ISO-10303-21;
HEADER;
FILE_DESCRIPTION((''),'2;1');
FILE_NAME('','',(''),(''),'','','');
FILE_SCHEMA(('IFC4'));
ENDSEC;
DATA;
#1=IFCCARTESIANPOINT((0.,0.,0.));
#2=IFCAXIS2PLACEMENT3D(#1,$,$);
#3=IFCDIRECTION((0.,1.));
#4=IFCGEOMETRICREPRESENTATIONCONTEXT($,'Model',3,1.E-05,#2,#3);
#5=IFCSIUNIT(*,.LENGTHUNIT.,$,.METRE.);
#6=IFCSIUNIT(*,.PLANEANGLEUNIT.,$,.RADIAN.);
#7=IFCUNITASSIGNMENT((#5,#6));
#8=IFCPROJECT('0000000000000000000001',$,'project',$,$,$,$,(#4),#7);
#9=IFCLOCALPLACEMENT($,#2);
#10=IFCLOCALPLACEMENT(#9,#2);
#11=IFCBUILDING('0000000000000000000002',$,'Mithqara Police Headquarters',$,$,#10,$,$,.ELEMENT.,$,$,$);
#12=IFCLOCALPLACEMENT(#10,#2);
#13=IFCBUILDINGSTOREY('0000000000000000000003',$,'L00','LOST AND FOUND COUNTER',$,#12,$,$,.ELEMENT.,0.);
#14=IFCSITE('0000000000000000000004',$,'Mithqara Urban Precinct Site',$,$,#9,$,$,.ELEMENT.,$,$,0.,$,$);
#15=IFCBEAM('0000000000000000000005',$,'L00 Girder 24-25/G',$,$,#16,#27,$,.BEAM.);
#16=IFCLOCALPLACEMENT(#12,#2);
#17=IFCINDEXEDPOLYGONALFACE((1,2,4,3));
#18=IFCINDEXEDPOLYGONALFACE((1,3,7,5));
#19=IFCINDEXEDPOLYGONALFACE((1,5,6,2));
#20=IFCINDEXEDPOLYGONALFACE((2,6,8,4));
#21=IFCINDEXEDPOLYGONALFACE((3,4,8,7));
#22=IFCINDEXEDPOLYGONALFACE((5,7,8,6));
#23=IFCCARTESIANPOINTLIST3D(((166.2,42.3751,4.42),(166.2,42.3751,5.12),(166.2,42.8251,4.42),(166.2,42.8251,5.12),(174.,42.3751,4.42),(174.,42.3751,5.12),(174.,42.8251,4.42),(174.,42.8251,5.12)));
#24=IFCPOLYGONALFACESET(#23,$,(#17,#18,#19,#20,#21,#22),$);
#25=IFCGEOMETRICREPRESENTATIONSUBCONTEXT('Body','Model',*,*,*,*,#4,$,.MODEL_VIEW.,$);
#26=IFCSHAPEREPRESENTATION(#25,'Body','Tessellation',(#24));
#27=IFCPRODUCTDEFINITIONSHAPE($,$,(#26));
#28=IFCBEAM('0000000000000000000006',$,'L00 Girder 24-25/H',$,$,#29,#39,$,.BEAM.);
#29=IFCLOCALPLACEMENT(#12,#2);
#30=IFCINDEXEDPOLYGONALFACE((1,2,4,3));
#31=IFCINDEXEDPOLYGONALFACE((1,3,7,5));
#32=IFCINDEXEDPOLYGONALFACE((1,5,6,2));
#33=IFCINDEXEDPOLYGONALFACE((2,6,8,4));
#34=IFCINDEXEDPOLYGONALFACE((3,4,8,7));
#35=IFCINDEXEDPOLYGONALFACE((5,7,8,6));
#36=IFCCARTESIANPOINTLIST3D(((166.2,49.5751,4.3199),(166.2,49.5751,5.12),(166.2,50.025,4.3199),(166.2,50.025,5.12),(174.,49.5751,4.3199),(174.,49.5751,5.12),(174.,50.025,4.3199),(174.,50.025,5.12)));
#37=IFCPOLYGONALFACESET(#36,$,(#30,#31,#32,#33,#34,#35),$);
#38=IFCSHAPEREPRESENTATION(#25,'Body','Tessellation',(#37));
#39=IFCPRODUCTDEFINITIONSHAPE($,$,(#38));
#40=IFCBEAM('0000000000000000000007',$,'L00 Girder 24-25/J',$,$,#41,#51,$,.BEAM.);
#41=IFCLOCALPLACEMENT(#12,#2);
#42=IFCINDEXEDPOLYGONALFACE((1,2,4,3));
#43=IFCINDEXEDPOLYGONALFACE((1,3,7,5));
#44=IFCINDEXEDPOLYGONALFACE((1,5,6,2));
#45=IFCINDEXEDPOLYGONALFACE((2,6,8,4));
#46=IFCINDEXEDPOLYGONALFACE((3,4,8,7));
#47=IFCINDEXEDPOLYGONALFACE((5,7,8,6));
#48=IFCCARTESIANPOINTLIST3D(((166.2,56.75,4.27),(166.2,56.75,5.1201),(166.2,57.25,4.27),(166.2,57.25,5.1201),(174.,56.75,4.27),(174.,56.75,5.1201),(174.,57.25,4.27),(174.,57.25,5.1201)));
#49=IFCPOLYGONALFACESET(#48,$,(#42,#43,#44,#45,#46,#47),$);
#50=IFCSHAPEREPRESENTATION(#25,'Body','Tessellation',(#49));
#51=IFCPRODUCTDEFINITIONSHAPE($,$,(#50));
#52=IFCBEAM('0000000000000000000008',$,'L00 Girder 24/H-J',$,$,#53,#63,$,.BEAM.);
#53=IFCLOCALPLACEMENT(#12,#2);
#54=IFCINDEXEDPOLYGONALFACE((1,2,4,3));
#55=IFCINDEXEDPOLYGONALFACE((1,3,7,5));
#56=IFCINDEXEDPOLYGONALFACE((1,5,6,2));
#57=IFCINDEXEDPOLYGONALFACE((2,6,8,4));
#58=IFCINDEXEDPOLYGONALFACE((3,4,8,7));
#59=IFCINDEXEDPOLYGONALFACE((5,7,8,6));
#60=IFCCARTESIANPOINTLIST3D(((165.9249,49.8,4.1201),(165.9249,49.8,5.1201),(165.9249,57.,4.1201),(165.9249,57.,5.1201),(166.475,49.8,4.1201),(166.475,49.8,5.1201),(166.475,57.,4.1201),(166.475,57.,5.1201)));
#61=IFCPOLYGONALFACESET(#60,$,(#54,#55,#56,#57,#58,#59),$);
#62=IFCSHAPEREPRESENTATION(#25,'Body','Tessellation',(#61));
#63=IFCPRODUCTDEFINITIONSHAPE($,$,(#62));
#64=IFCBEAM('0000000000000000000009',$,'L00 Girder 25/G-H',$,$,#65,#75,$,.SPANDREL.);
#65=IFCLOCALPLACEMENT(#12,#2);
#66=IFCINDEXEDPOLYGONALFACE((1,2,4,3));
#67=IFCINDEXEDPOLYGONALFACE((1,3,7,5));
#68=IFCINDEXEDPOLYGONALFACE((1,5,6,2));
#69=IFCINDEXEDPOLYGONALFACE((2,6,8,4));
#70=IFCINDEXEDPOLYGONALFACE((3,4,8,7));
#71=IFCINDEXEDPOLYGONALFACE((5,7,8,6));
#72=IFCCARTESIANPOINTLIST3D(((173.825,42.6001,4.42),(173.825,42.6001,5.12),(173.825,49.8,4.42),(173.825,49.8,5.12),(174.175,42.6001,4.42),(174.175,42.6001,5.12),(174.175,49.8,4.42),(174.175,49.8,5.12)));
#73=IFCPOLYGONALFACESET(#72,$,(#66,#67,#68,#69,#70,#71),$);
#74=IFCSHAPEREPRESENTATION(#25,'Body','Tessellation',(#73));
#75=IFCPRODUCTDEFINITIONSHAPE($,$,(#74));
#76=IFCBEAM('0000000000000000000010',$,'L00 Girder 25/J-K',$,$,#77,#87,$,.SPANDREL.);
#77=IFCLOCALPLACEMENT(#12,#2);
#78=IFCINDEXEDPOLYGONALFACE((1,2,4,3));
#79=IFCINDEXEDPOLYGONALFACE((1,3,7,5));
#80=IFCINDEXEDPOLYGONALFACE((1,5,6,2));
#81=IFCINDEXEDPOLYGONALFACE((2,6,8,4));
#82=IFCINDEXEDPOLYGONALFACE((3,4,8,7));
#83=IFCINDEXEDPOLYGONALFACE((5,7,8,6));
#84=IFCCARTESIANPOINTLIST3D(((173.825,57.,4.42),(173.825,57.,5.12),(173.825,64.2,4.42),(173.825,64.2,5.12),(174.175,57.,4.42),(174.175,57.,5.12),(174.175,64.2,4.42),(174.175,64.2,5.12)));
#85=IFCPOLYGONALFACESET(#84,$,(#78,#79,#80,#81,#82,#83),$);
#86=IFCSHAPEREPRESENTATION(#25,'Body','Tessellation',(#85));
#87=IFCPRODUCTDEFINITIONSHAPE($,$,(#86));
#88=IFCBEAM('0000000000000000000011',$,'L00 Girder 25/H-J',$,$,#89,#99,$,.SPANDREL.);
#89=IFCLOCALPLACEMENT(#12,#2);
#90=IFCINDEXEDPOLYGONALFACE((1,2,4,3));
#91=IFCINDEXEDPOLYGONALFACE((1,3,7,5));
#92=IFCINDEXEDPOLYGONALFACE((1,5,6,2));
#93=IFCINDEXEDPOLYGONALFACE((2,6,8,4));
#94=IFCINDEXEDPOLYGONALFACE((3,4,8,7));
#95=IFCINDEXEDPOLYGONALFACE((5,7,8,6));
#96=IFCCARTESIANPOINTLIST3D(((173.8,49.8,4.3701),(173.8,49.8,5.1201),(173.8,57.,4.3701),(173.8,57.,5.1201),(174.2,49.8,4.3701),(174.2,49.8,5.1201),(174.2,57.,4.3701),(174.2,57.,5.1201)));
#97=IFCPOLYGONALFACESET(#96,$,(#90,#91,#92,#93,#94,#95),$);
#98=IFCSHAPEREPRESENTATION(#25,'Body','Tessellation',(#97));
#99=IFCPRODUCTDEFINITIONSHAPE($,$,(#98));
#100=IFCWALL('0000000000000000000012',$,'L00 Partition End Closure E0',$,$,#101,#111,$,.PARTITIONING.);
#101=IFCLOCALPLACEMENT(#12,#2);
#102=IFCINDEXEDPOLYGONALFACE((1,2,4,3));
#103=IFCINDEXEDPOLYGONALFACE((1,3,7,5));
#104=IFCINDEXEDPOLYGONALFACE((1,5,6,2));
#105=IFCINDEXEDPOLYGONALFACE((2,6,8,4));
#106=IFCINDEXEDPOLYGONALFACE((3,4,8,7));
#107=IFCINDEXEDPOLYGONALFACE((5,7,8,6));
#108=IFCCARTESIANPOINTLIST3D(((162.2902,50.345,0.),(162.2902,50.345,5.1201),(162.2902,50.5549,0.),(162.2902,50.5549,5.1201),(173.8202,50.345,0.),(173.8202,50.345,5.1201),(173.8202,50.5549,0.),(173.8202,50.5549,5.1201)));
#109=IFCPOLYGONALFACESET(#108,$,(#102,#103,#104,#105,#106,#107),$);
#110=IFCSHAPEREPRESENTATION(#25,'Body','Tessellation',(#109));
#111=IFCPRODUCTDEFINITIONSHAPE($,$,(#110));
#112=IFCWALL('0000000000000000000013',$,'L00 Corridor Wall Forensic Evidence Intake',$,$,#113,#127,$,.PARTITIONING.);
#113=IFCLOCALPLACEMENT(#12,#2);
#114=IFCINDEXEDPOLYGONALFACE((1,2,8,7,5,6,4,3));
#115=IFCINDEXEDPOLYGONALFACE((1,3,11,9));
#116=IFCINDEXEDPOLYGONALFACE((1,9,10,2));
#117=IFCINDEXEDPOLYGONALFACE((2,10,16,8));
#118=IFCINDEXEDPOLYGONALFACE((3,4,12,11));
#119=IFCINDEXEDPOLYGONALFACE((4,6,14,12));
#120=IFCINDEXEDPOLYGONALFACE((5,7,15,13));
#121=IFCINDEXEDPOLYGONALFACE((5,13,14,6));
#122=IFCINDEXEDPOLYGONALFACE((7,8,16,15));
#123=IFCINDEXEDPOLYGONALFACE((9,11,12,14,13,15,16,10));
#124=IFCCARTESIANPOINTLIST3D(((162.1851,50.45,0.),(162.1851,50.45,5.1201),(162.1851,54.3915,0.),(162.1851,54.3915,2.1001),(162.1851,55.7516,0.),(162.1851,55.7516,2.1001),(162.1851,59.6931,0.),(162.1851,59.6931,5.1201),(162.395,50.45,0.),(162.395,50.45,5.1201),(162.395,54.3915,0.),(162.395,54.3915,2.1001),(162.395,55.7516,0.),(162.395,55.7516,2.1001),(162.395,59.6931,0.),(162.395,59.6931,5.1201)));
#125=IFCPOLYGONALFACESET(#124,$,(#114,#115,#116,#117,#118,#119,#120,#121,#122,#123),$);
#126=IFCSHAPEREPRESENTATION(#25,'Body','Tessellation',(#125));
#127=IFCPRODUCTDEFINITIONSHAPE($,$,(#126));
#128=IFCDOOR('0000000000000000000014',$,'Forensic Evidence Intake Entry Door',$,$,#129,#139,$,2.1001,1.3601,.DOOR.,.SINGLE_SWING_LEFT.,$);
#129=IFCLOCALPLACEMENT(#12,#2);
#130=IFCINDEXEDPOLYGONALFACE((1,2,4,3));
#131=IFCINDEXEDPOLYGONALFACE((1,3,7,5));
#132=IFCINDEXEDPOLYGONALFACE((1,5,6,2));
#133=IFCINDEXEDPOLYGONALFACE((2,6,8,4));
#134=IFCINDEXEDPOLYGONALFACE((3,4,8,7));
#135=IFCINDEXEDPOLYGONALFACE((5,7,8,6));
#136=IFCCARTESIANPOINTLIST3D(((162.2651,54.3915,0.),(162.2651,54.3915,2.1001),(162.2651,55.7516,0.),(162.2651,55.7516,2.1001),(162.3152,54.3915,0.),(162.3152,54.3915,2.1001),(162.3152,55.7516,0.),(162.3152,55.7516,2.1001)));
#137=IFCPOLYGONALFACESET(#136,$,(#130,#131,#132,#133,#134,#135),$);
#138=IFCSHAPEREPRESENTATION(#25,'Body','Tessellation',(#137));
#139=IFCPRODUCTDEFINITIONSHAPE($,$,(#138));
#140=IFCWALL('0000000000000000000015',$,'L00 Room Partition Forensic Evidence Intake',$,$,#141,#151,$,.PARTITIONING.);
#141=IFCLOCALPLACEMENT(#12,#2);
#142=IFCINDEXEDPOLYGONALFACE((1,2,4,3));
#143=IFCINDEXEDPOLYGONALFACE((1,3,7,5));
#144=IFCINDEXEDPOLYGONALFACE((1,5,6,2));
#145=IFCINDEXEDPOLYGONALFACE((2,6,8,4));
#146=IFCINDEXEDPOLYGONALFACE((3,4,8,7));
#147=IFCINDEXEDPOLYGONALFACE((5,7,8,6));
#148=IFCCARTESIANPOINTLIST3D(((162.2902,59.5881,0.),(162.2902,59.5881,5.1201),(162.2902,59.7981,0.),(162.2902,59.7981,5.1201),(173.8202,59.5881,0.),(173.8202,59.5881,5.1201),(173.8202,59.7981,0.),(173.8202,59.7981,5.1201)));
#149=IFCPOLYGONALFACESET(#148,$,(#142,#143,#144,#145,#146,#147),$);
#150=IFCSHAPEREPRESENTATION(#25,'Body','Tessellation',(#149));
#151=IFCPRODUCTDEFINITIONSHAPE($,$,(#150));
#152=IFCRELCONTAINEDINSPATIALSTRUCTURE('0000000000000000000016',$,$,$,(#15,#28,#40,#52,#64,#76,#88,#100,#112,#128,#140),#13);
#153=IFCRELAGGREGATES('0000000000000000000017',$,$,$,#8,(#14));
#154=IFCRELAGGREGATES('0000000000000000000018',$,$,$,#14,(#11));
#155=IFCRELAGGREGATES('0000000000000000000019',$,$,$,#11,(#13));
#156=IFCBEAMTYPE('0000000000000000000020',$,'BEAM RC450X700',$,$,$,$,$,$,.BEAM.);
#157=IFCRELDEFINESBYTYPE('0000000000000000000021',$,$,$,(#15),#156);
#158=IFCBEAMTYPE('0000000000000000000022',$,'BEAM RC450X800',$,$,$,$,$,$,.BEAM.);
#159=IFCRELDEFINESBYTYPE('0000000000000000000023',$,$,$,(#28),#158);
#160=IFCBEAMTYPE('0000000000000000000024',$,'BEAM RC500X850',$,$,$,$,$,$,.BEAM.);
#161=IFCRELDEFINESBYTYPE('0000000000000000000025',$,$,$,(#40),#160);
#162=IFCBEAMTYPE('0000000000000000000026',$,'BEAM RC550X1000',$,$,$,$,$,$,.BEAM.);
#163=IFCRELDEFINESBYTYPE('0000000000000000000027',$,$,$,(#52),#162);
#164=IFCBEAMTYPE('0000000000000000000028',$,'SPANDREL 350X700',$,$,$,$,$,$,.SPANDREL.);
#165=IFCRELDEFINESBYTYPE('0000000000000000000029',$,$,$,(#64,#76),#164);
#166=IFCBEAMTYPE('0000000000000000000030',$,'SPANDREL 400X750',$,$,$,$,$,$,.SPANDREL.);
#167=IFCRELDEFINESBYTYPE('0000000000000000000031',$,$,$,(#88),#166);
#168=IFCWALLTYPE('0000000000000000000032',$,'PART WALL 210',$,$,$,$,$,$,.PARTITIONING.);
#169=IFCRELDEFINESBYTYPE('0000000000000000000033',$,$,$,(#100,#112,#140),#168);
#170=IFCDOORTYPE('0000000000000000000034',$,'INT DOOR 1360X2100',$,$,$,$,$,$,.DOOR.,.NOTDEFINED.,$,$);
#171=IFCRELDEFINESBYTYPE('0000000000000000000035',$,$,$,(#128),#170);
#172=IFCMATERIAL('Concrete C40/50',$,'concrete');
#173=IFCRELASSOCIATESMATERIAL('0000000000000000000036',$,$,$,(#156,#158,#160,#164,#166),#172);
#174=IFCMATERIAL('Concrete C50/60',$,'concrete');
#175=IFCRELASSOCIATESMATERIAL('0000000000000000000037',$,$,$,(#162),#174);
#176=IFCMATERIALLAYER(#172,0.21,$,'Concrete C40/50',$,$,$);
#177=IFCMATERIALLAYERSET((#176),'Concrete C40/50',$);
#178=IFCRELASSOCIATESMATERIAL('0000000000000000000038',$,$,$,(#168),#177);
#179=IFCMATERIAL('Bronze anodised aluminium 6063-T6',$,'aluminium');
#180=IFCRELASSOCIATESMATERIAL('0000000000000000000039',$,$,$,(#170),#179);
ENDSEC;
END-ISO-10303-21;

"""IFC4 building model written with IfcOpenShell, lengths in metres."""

from ifc_helpers import new_model, si_unit, direction, frame, frame_2d, origin, origin_2d, place, context, subcontext, project, spatial, rectangle, extrude, material, layer, layer_set, material_profile, profile_set, type_object, element, fill, save


model = new_model("IFC4")

# Units and contexts
model_context = context("Model", 3, precision=1e-05, world=origin(), true_north=direction((0.0, 1.0)))
body_context = subcontext(model_context, "Body", "Model", "MODEL_VIEW")
ifc_project = project(units=[si_unit("LENGTHUNIT", "METRE"), si_unit("PLANEANGLEUNIT", "RADIAN")], contexts=[model_context])

# Site, building, storey
site_placement = place(None, origin())
site = spatial("IfcSite", under=ifc_project, at=site_placement, Name="Mithqara Urban Precinct Site", CompositionType="ELEMENT", RefElevation=0.0)
building_placement = place(site_placement, origin())
building = spatial("IfcBuilding", under=site, at=building_placement, Name="Mithqara Police Headquarters", CompositionType="ELEMENT")
storey_placement = place(building_placement, origin())
storey = spatial("IfcBuildingStorey", under=building, at=storey_placement, Name="L00", Description="LOST AND FOUND COUNTER", CompositionType="ELEMENT", Elevation=0.0)

# Shared definitions
ifc_material_1 = material(Name="Concrete C40/50", Category="concrete")

# Shared definitions
ifc_material_2 = material(Name="Concrete C50/60", Category="concrete")

# Beams
ifc_material_profile_1 = material_profile(ifc_material_1, rectangle(XDim=0.45, YDim=0.7, at=origin_2d()), Name="RC 450x700")
ifc_profile_set_1 = profile_set([ifc_material_profile_1], Name="Concrete C40/50")
beam_type_1 = type_object("IfcBeamType", Name="BEAM RC450X700", PredefinedType="BEAM", material=ifc_profile_set_1)
beam_1_placement = place(storey_placement, frame((166.2, 42.6001, 4.77), z_axis=(1.0, 0.0, 0.0), x_axis=(0.0, 1.0, 0.0)))
element("IfcBeam", 1, at=beam_1_placement, inside=storey, type_object=beam_type_1, Name="L00 Girder 24-25/G", PredefinedType="BEAM", context=body_context, shape_type="SweptSolid", body=[
    extrude(rectangle(XDim=0.45, YDim=0.7, at=origin_2d()), origin(), (0.0, 0.0, 1.0), 7.8),
])
ifc_material_profile_2 = material_profile(ifc_material_1, rectangle(XDim=0.45, YDim=0.8, at=origin_2d()), Name="RC 450x800")
ifc_profile_set_2 = profile_set([ifc_material_profile_2], Name="Concrete C40/50")
beam_type_2 = type_object("IfcBeamType", Name="BEAM RC450X800", PredefinedType="BEAM", material=ifc_profile_set_2)
beam_2_placement = place(storey_placement, frame((166.2, 49.8, 4.72), z_axis=(1.0, 0.0, 0.0), x_axis=(0.0, 1.0, 0.0)))
element("IfcBeam", 2, at=beam_2_placement, inside=storey, type_object=beam_type_2, Name="L00 Girder 24-25/H", PredefinedType="BEAM", context=body_context, shape_type="SweptSolid", body=[
    extrude(rectangle(XDim=0.45, YDim=0.8, at=origin_2d()), origin(), (0.0, 0.0, 1.0), 7.8),
])
ifc_material_profile_3 = material_profile(ifc_material_1, rectangle(XDim=0.5, YDim=0.8501, at=origin_2d()), Name="RC 500x850")
ifc_profile_set_3 = profile_set([ifc_material_profile_3], Name="Concrete C40/50")
beam_type_3 = type_object("IfcBeamType", Name="BEAM RC500X850", PredefinedType="BEAM", material=ifc_profile_set_3)
beam_3_placement = place(storey_placement, frame((166.2, 57.0, 4.6951), z_axis=(1.0, 0.0, 0.0), x_axis=(0.0, 1.0, 0.0)))
element("IfcBeam", 3, at=beam_3_placement, inside=storey, type_object=beam_type_3, Name="L00 Girder 24-25/J", PredefinedType="BEAM", context=body_context, shape_type="SweptSolid", body=[
    extrude(rectangle(XDim=0.5, YDim=0.8501, at=origin_2d()), origin(), (0.0, 0.0, 1.0), 7.8),
])
ifc_material_profile_4 = material_profile(ifc_material_2, rectangle(XDim=0.55, YDim=1.0, at=origin_2d()), Name="RC 550x1000")
ifc_profile_set_4 = profile_set([ifc_material_profile_4], Name="Concrete C50/60")
beam_type_4 = type_object("IfcBeamType", Name="BEAM RC550X1000", PredefinedType="BEAM", material=ifc_profile_set_4)
beam_4_placement = place(storey_placement, frame((166.2, 49.8, 4.6201), z_axis=(0.0, 1.0, 0.0), x_axis=(-1.0, 0.0, 0.0)))
element("IfcBeam", 4, at=beam_4_placement, inside=storey, type_object=beam_type_4, Name="L00 Girder 24/H-J", PredefinedType="BEAM", context=body_context, shape_type="SweptSolid", body=[
    extrude(rectangle(XDim=0.55, YDim=1.0, at=origin_2d()), origin(), (0.0, 0.0, 1.0), 7.2),
])
ifc_material_profile_5 = material_profile(ifc_material_1, rectangle(XDim=0.3501, YDim=0.7, at=origin_2d()), Name="SPB 350x700")
ifc_profile_set_5 = profile_set([ifc_material_profile_5], Name="Concrete C40/50")
beam_type_5 = type_object("IfcBeamType", Name="SPANDREL 350X700", PredefinedType="SPANDREL", material=ifc_profile_set_5)
for number, where, z_axis, x_axis, name in (
    (5, (174.0, 42.6001, 4.77), (0.0, 1.0, 0.0), (-1.0, 0.0, 0.0), "L00 Girder 25/G-H"),
    (6, (174.0, 57.0, 4.77), (0.0, 1.0, 0.0), (-1.0, 0.0, 0.0), "L00 Girder 25/J-K"),
):
    element("IfcBeam", number, at=place(storey_placement, frame(where, z_axis=z_axis, x_axis=x_axis)), inside=storey, type_object=beam_type_5, Name=name, PredefinedType="SPANDREL", context=body_context, shape_type="SweptSolid", body=[
        extrude(rectangle(XDim=0.3501, YDim=0.7, at=origin_2d()), origin(), (0.0, 0.0, 1.0), 7.2),
    ])
ifc_material_profile_6 = material_profile(ifc_material_1, rectangle(XDim=0.3999, YDim=0.75, at=origin_2d()), Name="SPB 400x750")
ifc_profile_set_6 = profile_set([ifc_material_profile_6], Name="Concrete C40/50")
beam_type_6 = type_object("IfcBeamType", Name="SPANDREL 400X750", PredefinedType="SPANDREL", material=ifc_profile_set_6)
beam_5_placement = place(storey_placement, frame((174.0, 49.8, 4.7451), z_axis=(0.0, 1.0, 0.0), x_axis=(-1.0, 0.0, 0.0)))
element("IfcBeam", 7, at=beam_5_placement, inside=storey, type_object=beam_type_6, Name="L00 Girder 25/H-J", PredefinedType="SPANDREL", context=body_context, shape_type="SweptSolid", body=[
    extrude(rectangle(XDim=0.3999, YDim=0.75, at=origin_2d()), origin(), (0.0, 0.0, 1.0), 7.2),
])

# Wall
ifc_layer_1 = layer(ifc_material_1, 0.21, Name="Concrete C40/50")
ifc_layer_set_1 = layer_set([ifc_layer_1], Name="Concrete C40/50")
wall_type_1 = type_object("IfcWallType", Name="PART WALL 210", PredefinedType="PARTITIONING", material=ifc_layer_set_1)
wall_1_placement = place(storey_placement, frame((162.29, 50.45, 0.0), z_axis=(0.0, 0.0, 1.0), x_axis=(1.0, 0.0, 0.0)))
element("IfcWall", 8, at=wall_1_placement, inside=storey, type_object=wall_type_1, Name="L00 Partition End Closure E0", PredefinedType="PARTITIONING", context=body_context, shape_type="SweptSolid", body=[
    extrude(rectangle(XDim=11.53, YDim=0.21, at=frame_2d((5.7651, 0.0))), origin(), (0.0, 0.0, 1.0), 5.1201),
])

# Wall, opening, door
wall_2_placement = place(storey_placement, frame((162.29, 50.45, 0.0), z_axis=(0.0, 0.0, 1.0), x_axis=(0.0, 1.0, 0.0)))
wall_2 = element("IfcWall", 9, at=wall_2_placement, inside=storey, type_object=wall_type_1, Name="L00 Corridor Wall Forensic Evidence Intake", PredefinedType="PARTITIONING", context=body_context, shape_type="SweptSolid", body=[
    extrude(rectangle(XDim=9.2432, YDim=0.21, at=frame_2d((4.6216, 0.0))), origin(), (0.0, 0.0, 1.0), 5.1201),
])
opening_1_placement = place(wall_2_placement, frame((3.9414, 0.0, 0.0)))
opening_1 = element("IfcOpeningElement", 10, at=opening_1_placement, cuts=wall_2, PredefinedType="OPENING", context=body_context, shape_type="SweptSolid", body=[
    extrude(rectangle(XDim=1.3601, YDim=2.1001, at=frame_2d((0.6802, 1.05))), frame((0.0, 0.115, 0.0), z_axis=(0.0, -1.0, 0.0), x_axis=(1.0, 0.0, 0.0)), (0.0, 0.0, 1.0), 0.23),
])
ifc_material_3 = material(Name="Bronze anodised aluminium 6063-T6", Category="aluminium")
door_type_1 = type_object("IfcDoorType", Name="INT DOOR 1360X2100", OperationType="NOTDEFINED", PredefinedType="DOOR", material=ifc_material_3)
door_1_placement = place(opening_1_placement, origin())
door_1 = element("IfcDoor", 11, at=door_1_placement, inside=storey, type_object=door_type_1, Name="Forensic Evidence Intake Entry Door", OperationType="SINGLE_SWING_LEFT", OverallHeight=2.1001, OverallWidth=1.3601, PredefinedType="DOOR", context=body_context, shape_type="SweptSolid", body=[
    extrude(rectangle(XDim=1.3601, YDim=2.1001, at=frame_2d((0.6802, 1.05))), frame((0.0, 0.0249, 0.0), z_axis=(0.0, -1.0, 0.0), x_axis=(1.0, 0.0, 0.0)), (0.0, 0.0, 1.0), 0.05),
])
fill(opening_1, door_1)

# Wall
wall_3_placement = place(storey_placement, frame((162.29, 59.6931, 0.0), z_axis=(0.0, 0.0, 1.0), x_axis=(1.0, 0.0, 0.0)))
element("IfcWall", 12, at=wall_3_placement, inside=storey, type_object=wall_type_1, Name="L00 Room Partition Forensic Evidence Intake", PredefinedType="PARTITIONING", context=body_context, shape_type="SweptSolid", body=[
    extrude(rectangle(XDim=11.53, YDim=0.21, at=frame_2d((5.7651, 0.0))), origin(), (0.0, 0.0, 1.0), 5.1201),
])

save(model, "model.ifc")
